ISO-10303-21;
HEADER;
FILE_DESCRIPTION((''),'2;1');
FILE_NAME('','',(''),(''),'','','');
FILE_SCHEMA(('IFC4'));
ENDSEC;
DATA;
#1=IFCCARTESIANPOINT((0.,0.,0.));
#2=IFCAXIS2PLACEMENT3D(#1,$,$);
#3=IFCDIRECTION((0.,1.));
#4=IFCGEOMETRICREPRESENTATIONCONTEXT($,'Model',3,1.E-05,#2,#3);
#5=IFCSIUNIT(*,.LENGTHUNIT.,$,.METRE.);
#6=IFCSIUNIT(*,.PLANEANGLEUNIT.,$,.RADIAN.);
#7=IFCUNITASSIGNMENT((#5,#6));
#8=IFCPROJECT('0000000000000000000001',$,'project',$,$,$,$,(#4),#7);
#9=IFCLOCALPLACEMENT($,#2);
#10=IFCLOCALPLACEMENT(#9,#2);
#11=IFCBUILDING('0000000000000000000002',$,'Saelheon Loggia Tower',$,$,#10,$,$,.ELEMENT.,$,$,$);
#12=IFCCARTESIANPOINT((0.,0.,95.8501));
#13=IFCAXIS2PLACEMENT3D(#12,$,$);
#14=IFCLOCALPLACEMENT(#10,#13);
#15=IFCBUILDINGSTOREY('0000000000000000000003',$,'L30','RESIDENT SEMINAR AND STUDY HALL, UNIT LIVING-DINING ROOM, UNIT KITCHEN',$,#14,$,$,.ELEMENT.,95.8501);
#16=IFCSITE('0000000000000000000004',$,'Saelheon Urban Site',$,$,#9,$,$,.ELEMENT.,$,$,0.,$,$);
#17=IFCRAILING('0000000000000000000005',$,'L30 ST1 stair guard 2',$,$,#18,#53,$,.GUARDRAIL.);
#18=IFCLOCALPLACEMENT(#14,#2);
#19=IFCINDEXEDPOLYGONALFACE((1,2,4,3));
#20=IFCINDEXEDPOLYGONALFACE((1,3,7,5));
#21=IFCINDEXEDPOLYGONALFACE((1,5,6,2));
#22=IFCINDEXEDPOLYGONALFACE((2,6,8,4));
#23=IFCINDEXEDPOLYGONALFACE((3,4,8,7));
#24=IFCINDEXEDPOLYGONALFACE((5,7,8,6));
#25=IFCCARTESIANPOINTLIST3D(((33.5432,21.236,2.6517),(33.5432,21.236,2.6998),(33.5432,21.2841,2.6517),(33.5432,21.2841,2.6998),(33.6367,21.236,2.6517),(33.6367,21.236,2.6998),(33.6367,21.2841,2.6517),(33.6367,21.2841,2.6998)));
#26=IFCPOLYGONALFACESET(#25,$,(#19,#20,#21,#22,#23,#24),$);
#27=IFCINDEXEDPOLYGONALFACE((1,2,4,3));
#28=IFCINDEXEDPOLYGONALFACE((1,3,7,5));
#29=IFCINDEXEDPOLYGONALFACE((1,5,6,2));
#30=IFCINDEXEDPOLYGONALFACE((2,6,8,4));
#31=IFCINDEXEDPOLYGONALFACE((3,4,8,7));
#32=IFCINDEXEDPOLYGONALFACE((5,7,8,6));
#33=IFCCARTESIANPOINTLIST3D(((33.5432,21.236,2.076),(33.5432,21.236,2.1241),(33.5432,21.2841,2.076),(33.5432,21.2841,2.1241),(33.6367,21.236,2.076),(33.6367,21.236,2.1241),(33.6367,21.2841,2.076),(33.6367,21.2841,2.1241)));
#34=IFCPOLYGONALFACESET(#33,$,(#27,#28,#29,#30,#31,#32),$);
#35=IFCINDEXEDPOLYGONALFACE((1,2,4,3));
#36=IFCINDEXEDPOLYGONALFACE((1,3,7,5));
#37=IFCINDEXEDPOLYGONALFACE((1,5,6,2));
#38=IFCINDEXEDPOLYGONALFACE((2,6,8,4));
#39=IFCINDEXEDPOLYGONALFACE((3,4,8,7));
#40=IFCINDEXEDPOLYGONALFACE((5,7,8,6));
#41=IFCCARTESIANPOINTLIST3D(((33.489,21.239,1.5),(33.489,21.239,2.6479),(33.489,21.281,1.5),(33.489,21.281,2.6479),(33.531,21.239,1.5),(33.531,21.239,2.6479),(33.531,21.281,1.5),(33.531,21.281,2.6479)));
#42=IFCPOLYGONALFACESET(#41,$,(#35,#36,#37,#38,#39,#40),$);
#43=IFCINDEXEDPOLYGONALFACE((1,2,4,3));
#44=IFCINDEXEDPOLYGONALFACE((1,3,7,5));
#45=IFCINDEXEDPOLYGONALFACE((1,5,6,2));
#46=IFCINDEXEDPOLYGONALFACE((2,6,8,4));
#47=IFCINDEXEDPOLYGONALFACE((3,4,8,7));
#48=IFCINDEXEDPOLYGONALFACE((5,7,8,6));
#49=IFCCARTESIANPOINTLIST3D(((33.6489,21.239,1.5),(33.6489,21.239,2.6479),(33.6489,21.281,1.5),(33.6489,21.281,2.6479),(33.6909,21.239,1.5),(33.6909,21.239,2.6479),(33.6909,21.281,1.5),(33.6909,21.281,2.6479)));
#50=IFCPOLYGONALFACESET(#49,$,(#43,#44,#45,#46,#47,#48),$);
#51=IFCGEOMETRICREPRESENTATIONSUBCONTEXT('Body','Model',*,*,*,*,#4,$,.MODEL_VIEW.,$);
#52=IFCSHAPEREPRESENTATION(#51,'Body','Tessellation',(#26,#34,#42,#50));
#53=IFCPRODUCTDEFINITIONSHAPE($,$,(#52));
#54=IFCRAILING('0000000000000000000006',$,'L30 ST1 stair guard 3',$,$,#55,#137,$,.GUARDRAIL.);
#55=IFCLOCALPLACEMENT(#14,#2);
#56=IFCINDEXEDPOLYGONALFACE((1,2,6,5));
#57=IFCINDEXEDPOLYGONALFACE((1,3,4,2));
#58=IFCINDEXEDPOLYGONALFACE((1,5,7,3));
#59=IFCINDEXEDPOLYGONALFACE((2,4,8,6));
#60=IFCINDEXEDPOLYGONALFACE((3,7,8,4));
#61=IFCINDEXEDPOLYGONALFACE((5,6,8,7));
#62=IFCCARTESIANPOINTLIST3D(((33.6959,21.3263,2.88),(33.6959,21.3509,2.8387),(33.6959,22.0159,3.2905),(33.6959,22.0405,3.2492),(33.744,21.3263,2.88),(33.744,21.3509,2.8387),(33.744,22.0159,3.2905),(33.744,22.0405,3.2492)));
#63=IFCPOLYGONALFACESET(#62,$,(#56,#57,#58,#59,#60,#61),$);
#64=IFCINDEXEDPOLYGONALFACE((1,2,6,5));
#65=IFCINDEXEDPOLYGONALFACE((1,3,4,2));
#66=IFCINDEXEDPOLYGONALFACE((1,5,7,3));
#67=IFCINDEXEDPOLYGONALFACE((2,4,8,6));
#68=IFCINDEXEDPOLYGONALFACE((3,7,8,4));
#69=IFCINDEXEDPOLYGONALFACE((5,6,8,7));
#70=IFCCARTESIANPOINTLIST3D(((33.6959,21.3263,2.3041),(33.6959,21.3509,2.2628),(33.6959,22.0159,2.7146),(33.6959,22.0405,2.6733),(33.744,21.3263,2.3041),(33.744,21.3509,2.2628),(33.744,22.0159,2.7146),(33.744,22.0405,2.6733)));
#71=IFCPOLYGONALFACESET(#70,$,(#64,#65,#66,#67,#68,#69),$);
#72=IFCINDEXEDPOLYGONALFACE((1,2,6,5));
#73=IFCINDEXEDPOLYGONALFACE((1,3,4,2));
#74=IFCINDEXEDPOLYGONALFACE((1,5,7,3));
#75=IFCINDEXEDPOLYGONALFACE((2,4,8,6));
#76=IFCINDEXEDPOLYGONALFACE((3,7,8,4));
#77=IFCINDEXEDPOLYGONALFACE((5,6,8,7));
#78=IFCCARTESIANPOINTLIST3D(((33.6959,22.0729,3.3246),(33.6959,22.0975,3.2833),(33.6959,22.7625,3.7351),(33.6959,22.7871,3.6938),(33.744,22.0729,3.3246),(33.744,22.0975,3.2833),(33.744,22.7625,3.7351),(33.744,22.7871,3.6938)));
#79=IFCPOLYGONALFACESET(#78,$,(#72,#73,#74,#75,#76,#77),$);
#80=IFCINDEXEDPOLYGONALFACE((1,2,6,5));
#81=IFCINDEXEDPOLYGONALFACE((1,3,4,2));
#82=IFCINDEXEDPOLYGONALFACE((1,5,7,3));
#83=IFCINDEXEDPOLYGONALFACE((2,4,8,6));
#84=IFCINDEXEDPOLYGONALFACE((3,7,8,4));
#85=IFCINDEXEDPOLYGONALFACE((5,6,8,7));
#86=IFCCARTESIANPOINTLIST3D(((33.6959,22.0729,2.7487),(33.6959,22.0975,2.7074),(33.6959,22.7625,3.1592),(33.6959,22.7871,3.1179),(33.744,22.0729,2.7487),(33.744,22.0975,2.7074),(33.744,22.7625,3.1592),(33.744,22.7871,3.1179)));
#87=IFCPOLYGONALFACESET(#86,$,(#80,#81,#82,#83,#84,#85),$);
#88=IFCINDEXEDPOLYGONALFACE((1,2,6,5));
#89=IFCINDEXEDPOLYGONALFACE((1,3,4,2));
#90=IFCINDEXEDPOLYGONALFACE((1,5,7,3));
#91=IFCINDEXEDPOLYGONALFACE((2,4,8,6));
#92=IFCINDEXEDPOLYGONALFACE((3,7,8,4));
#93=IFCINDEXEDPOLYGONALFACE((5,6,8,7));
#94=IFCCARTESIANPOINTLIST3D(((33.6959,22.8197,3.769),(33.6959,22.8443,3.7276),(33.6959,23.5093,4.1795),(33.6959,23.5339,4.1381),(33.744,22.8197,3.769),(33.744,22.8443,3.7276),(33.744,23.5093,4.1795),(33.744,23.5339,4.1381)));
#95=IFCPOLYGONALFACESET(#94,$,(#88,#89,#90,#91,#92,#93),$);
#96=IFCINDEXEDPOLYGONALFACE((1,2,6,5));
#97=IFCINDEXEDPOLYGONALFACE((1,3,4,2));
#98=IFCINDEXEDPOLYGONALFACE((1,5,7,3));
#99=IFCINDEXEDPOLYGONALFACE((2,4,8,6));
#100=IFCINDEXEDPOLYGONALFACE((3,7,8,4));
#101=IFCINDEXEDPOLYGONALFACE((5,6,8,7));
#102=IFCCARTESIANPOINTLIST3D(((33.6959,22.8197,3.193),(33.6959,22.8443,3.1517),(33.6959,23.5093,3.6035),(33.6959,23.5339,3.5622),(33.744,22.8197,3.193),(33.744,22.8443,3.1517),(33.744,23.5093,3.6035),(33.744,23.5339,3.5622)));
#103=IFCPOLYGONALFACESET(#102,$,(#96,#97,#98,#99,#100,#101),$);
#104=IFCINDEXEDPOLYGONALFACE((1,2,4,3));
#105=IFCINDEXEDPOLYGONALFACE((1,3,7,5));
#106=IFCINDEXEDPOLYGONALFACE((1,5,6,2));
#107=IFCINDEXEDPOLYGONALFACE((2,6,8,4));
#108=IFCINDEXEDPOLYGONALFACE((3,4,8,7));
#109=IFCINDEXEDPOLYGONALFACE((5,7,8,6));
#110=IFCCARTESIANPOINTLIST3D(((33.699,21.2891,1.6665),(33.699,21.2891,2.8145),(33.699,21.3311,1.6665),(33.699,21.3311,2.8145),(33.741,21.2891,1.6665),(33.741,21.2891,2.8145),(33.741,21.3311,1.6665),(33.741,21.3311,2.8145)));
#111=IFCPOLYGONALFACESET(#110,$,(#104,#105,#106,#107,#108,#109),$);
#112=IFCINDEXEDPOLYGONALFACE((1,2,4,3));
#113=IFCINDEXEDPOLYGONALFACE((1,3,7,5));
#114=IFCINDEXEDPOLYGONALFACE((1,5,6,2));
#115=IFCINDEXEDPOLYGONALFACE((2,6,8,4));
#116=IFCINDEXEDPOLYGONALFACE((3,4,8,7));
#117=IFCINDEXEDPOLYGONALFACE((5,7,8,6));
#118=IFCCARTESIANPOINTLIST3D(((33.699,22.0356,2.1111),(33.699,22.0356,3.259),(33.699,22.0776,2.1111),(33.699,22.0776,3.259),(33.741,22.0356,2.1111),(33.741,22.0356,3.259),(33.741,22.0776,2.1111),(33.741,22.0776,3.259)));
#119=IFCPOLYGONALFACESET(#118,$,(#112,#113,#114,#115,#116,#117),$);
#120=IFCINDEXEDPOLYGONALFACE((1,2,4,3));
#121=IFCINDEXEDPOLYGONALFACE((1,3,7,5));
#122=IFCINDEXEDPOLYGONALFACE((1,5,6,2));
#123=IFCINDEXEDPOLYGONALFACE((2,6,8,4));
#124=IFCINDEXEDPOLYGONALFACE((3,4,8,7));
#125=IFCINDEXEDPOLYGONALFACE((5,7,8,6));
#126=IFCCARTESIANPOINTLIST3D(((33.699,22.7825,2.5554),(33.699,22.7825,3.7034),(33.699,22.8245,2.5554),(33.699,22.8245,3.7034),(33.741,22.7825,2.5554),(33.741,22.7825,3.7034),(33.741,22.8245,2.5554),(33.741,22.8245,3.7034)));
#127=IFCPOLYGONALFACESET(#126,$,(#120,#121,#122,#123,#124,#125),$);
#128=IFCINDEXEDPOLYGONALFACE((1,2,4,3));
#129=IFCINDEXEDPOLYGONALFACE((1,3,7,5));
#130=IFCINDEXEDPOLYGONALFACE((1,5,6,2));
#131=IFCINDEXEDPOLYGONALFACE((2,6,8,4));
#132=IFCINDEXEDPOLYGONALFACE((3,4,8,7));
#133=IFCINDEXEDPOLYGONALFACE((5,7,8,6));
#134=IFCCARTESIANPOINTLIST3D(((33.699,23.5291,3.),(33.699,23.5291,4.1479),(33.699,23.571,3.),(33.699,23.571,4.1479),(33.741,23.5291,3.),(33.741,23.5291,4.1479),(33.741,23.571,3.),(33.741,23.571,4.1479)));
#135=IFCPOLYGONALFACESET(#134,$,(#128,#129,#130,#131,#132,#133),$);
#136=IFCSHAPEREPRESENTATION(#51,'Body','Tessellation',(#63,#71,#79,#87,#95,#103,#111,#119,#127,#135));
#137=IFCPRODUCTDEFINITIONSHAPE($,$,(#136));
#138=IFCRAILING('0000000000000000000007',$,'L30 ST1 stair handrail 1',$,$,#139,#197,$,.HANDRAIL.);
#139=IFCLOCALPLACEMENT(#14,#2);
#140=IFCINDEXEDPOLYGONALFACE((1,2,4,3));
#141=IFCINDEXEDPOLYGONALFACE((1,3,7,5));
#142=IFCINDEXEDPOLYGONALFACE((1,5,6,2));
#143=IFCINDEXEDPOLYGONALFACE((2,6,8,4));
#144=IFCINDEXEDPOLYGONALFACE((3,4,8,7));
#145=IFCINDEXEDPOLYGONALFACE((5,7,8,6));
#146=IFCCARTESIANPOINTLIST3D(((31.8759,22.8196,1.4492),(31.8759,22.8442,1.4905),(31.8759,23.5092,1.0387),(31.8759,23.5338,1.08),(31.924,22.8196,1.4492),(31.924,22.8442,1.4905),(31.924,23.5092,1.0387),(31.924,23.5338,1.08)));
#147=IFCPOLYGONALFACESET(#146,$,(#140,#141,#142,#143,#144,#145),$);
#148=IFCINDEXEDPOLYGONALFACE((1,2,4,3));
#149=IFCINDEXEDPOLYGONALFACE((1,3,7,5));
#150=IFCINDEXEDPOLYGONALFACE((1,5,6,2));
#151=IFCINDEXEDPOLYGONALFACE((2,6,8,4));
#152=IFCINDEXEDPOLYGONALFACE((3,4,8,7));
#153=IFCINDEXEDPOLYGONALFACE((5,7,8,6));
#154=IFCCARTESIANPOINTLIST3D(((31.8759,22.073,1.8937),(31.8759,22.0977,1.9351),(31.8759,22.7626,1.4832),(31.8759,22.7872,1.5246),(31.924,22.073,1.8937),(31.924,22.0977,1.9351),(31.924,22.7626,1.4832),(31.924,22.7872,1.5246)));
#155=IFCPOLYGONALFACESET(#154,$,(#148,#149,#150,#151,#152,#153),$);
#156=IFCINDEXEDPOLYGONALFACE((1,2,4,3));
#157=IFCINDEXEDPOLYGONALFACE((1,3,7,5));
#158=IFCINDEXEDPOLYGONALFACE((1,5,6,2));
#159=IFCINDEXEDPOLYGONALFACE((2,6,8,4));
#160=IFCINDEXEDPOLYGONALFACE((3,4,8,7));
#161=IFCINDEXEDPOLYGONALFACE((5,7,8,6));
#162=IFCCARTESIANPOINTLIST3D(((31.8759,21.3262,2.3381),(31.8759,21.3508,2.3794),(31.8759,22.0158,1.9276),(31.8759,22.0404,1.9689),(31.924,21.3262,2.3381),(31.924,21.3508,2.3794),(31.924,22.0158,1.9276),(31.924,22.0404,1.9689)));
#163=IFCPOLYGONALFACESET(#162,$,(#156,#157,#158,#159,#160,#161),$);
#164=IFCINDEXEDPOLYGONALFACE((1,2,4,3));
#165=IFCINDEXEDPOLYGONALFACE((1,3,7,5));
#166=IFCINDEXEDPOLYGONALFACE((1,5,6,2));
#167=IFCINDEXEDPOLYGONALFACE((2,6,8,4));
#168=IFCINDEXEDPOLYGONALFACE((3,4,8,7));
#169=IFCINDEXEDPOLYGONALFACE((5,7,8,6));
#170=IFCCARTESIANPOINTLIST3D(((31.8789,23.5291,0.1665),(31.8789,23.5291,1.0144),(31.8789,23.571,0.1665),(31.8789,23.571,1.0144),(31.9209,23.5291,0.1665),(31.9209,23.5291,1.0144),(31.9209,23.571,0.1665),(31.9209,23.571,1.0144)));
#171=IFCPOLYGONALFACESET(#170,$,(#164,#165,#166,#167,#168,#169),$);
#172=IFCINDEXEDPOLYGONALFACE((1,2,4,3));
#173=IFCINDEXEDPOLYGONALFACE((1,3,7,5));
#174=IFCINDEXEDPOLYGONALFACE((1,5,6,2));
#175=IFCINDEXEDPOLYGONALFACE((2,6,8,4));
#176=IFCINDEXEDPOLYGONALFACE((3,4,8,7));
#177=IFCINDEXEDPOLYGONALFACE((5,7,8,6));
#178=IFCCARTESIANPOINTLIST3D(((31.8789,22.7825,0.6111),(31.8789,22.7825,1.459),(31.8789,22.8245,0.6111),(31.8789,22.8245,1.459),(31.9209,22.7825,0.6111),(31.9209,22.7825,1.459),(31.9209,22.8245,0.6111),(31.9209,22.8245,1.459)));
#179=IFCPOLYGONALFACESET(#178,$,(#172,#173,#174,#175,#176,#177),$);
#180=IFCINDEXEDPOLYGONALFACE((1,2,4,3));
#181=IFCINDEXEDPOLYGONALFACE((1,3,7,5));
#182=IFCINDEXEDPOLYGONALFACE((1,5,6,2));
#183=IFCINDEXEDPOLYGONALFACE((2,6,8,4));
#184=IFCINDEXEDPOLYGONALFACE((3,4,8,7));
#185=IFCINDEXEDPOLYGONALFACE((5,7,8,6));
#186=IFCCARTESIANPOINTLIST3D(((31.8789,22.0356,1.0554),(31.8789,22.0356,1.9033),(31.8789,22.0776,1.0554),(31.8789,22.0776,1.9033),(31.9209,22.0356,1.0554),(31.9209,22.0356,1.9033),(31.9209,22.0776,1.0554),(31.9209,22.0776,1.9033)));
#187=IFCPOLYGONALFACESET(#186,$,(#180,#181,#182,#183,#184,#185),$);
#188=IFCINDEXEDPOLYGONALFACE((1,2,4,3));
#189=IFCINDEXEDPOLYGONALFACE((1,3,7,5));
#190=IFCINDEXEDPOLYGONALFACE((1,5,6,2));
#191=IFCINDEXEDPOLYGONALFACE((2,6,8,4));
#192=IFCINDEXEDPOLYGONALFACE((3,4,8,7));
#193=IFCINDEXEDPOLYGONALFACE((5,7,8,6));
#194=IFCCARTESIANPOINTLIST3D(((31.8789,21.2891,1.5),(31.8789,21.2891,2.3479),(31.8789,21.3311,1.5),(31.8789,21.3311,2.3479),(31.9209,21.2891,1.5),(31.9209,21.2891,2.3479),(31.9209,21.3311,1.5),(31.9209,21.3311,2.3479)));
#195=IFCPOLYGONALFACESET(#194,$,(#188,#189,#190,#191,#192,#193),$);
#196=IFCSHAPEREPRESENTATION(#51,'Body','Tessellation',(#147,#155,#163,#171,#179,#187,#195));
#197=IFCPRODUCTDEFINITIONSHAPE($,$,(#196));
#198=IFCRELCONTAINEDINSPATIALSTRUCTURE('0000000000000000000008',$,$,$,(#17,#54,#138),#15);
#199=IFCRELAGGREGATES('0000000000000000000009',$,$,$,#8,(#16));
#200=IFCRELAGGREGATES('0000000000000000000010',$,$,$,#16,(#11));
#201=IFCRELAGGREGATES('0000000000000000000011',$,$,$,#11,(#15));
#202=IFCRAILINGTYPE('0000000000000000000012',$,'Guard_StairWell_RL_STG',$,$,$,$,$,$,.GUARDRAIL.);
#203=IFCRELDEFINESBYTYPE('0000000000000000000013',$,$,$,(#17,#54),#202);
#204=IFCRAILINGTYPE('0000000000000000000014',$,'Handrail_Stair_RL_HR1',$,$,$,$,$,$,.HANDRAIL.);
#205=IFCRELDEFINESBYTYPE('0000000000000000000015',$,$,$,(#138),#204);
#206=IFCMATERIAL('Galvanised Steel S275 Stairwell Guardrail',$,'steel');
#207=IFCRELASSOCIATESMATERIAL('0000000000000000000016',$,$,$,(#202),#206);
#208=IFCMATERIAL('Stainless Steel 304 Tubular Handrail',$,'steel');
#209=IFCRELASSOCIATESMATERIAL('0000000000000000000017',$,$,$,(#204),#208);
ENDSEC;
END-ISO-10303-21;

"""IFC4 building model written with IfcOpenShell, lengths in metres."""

from ifc_helpers import new_model, si_unit, direction, frame, origin, origin_2d, place, context, subcontext, project, spatial, rectangle, extrude, material, type_object, element, save


model = new_model("IFC4")

# Units and contexts
model_context = context("Model", 3, precision=1e-05, world=origin(), true_north=direction((0.0, 1.0)))
body_context = subcontext(model_context, "Body", "Model", "MODEL_VIEW")
ifc_project = project(units=[si_unit("LENGTHUNIT", "METRE"), si_unit("PLANEANGLEUNIT", "RADIAN")], contexts=[model_context])

# Site, building, storey
site_placement = place(None, origin())
site = spatial("IfcSite", under=ifc_project, at=site_placement, Name="Saelheon Urban Site", CompositionType="ELEMENT", RefElevation=0.0)
building_placement = place(site_placement, origin())
building = spatial("IfcBuilding", under=site, at=building_placement, Name="Saelheon Loggia Tower", CompositionType="ELEMENT")
storey_placement = place(building_placement, frame((0.0, 0.0, 95.8501)))
storey = spatial("IfcBuildingStorey", under=building, at=storey_placement, Name="L30", Description="RESIDENT SEMINAR AND STUDY HALL, UNIT LIVING-DINING ROOM, UNIT KITCHEN", CompositionType="ELEMENT", Elevation=95.8501)

# Railings
ifc_material_1 = material(Name="Galvanised Steel S275 Stairwell Guardrail", Category="steel")
railing_type_1 = type_object("IfcRailingType", Name="Guard_StairWell_RL_STG", PredefinedType="GUARDRAIL", material=ifc_material_1)
railing_1_placement = place(storey_placement, frame((33.51, 21.26, 1.5)))
element("IfcRailing", 1, at=railing_1_placement, inside=storey, type_object=railing_type_1, Name="L30 ST1 stair guard 2", PredefinedType="GUARDRAIL", context=body_context, shape_type="SweptSolid", body=[
    extrude(rectangle(XDim=0.0481, YDim=0.0481, at=origin_2d()), frame((0.0332, 0.0, 1.1758), z_axis=(1.0, 0.0, 0.0), x_axis=(0.0, 1.0, 0.0)), (0.0, 0.0, 1.0), 0.0935),
    extrude(rectangle(XDim=0.0481, YDim=0.0481, at=origin_2d()), frame((0.0332, 0.0, 0.6001), z_axis=(1.0, 0.0, 0.0), x_axis=(0.0, 1.0, 0.0)), (0.0, 0.0, 1.0), 0.0935),
    extrude(rectangle(XDim=0.042, YDim=0.042, at=origin_2d()), origin(), (0.0, 0.0, 1.0), 1.1479),
    extrude(rectangle(XDim=0.042, YDim=0.042, at=origin_2d()), frame((0.1599, 0.0, 0.0)), (0.0, 0.0, 1.0), 1.1479),
])
railing_2_placement = place(storey_placement, frame((33.72, 21.3101, 1.6665)))
element("IfcRailing", 2, at=railing_2_placement, inside=storey, type_object=railing_type_1, Name="L30 ST1 stair guard 3", PredefinedType="GUARDRAIL", context=body_context, shape_type="SweptSolid", body=[
    extrude(rectangle(XDim=0.0481, YDim=0.0481, at=origin_2d()), frame((0.0, 0.0286, 1.1929), z_axis=(0.0, 0.859264, 0.511532), x_axis=(-1.0, 0.0, 0.0)), (0.0, 0.0, 1.0), 0.8025),
    extrude(rectangle(XDim=0.0481, YDim=0.0481, at=origin_2d()), frame((0.0, 0.0286, 0.6169), z_axis=(0.0, 0.859264, 0.511532), x_axis=(-1.0, 0.0, 0.0)), (0.0, 0.0, 1.0), 0.8025),
    extrude(rectangle(XDim=0.0481, YDim=0.0481, at=origin_2d()), frame((0.0, 0.7751, 1.6375), z_axis=(0.0, 0.859264, 0.511532), x_axis=(-1.0, 0.0, 0.0)), (0.0, 0.0, 1.0), 0.8025),
    extrude(rectangle(XDim=0.0481, YDim=0.0481, at=origin_2d()), frame((0.0, 0.7751, 1.0615), z_axis=(0.0, 0.859264, 0.511532), x_axis=(-1.0, 0.0, 0.0)), (0.0, 0.0, 1.0), 0.8025),
    extrude(rectangle(XDim=0.0481, YDim=0.0481, at=origin_2d()), frame((0.0, 1.522, 2.0818), z_axis=(0.0, 0.859264, 0.511532), x_axis=(-1.0, 0.0, 0.0)), (0.0, 0.0, 1.0), 0.8025),
    extrude(rectangle(XDim=0.0481, YDim=0.0481, at=origin_2d()), frame((0.0, 1.522, 1.5059), z_axis=(0.0, 0.859264, 0.511532), x_axis=(-1.0, 0.0, 0.0)), (0.0, 0.0, 1.0), 0.8025),
    extrude(rectangle(XDim=0.042, YDim=0.042, at=origin_2d()), origin(), (0.0, 0.0, 1.0), 1.1479),
    extrude(rectangle(XDim=0.042, YDim=0.042, at=origin_2d()), frame((0.0, 0.7466, 0.4446)), (0.0, 0.0, 1.0), 1.1479),
    extrude(rectangle(XDim=0.042, YDim=0.042, at=origin_2d()), frame((0.0, 1.4934, 0.8889)), (0.0, 0.0, 1.0), 1.1479),
    extrude(rectangle(XDim=0.042, YDim=0.042, at=origin_2d()), frame((0.0, 2.24, 1.3335)), (0.0, 0.0, 1.0), 1.1479),
])
ifc_material_2 = material(Name="Stainless Steel 304 Tubular Handrail", Category="steel")
railing_type_2 = type_object("IfcRailingType", Name="Handrail_Stair_RL_HR1", PredefinedType="HANDRAIL", material=ifc_material_2)
railing_3_placement = place(storey_placement, frame((31.8999, 23.55, 0.1665)))
element("IfcRailing", 3, at=railing_3_placement, inside=storey, type_object=railing_type_2, Name="L30 ST1 stair handrail 1", PredefinedType="HANDRAIL", context=body_context, shape_type="SweptSolid", body=[
    extrude(rectangle(XDim=0.0481, YDim=0.0481, at=origin_2d()), frame((0.0, -0.0286, 0.8928), z_axis=(0.0, -0.859264, 0.511532), x_axis=(1.0, 0.0, 0.0)), (0.0, 0.0, 1.0), 0.8025),
    extrude(rectangle(XDim=0.0481, YDim=0.0481, at=origin_2d()), frame((0.0, -0.7751, 1.3374), z_axis=(0.0, -0.859264, 0.511532), x_axis=(1.0, 0.0, 0.0)), (0.0, 0.0, 1.0), 0.8025),
    extrude(rectangle(XDim=0.0481, YDim=0.0481, at=origin_2d()), frame((0.0, -1.522, 1.7817), z_axis=(0.0, -0.859264, 0.511532), x_axis=(1.0, 0.0, 0.0)), (0.0, 0.0, 1.0), 0.8025),
    extrude(rectangle(XDim=0.042, YDim=0.042, at=origin_2d()), origin(), (0.0, 0.0, 1.0), 0.8479),
    extrude(rectangle(XDim=0.042, YDim=0.042, at=origin_2d()), frame((0.0, -0.7466, 0.4446)), (0.0, 0.0, 1.0), 0.8479),
    extrude(rectangle(XDim=0.042, YDim=0.042, at=origin_2d()), frame((0.0, -1.4934, 0.8889)), (0.0, 0.0, 1.0), 0.8479),
    extrude(rectangle(XDim=0.042, YDim=0.042, at=origin_2d()), frame((0.0, -2.24, 1.3335)), (0.0, 0.0, 1.0), 0.8479),
])

save(model, "model.ifc")
